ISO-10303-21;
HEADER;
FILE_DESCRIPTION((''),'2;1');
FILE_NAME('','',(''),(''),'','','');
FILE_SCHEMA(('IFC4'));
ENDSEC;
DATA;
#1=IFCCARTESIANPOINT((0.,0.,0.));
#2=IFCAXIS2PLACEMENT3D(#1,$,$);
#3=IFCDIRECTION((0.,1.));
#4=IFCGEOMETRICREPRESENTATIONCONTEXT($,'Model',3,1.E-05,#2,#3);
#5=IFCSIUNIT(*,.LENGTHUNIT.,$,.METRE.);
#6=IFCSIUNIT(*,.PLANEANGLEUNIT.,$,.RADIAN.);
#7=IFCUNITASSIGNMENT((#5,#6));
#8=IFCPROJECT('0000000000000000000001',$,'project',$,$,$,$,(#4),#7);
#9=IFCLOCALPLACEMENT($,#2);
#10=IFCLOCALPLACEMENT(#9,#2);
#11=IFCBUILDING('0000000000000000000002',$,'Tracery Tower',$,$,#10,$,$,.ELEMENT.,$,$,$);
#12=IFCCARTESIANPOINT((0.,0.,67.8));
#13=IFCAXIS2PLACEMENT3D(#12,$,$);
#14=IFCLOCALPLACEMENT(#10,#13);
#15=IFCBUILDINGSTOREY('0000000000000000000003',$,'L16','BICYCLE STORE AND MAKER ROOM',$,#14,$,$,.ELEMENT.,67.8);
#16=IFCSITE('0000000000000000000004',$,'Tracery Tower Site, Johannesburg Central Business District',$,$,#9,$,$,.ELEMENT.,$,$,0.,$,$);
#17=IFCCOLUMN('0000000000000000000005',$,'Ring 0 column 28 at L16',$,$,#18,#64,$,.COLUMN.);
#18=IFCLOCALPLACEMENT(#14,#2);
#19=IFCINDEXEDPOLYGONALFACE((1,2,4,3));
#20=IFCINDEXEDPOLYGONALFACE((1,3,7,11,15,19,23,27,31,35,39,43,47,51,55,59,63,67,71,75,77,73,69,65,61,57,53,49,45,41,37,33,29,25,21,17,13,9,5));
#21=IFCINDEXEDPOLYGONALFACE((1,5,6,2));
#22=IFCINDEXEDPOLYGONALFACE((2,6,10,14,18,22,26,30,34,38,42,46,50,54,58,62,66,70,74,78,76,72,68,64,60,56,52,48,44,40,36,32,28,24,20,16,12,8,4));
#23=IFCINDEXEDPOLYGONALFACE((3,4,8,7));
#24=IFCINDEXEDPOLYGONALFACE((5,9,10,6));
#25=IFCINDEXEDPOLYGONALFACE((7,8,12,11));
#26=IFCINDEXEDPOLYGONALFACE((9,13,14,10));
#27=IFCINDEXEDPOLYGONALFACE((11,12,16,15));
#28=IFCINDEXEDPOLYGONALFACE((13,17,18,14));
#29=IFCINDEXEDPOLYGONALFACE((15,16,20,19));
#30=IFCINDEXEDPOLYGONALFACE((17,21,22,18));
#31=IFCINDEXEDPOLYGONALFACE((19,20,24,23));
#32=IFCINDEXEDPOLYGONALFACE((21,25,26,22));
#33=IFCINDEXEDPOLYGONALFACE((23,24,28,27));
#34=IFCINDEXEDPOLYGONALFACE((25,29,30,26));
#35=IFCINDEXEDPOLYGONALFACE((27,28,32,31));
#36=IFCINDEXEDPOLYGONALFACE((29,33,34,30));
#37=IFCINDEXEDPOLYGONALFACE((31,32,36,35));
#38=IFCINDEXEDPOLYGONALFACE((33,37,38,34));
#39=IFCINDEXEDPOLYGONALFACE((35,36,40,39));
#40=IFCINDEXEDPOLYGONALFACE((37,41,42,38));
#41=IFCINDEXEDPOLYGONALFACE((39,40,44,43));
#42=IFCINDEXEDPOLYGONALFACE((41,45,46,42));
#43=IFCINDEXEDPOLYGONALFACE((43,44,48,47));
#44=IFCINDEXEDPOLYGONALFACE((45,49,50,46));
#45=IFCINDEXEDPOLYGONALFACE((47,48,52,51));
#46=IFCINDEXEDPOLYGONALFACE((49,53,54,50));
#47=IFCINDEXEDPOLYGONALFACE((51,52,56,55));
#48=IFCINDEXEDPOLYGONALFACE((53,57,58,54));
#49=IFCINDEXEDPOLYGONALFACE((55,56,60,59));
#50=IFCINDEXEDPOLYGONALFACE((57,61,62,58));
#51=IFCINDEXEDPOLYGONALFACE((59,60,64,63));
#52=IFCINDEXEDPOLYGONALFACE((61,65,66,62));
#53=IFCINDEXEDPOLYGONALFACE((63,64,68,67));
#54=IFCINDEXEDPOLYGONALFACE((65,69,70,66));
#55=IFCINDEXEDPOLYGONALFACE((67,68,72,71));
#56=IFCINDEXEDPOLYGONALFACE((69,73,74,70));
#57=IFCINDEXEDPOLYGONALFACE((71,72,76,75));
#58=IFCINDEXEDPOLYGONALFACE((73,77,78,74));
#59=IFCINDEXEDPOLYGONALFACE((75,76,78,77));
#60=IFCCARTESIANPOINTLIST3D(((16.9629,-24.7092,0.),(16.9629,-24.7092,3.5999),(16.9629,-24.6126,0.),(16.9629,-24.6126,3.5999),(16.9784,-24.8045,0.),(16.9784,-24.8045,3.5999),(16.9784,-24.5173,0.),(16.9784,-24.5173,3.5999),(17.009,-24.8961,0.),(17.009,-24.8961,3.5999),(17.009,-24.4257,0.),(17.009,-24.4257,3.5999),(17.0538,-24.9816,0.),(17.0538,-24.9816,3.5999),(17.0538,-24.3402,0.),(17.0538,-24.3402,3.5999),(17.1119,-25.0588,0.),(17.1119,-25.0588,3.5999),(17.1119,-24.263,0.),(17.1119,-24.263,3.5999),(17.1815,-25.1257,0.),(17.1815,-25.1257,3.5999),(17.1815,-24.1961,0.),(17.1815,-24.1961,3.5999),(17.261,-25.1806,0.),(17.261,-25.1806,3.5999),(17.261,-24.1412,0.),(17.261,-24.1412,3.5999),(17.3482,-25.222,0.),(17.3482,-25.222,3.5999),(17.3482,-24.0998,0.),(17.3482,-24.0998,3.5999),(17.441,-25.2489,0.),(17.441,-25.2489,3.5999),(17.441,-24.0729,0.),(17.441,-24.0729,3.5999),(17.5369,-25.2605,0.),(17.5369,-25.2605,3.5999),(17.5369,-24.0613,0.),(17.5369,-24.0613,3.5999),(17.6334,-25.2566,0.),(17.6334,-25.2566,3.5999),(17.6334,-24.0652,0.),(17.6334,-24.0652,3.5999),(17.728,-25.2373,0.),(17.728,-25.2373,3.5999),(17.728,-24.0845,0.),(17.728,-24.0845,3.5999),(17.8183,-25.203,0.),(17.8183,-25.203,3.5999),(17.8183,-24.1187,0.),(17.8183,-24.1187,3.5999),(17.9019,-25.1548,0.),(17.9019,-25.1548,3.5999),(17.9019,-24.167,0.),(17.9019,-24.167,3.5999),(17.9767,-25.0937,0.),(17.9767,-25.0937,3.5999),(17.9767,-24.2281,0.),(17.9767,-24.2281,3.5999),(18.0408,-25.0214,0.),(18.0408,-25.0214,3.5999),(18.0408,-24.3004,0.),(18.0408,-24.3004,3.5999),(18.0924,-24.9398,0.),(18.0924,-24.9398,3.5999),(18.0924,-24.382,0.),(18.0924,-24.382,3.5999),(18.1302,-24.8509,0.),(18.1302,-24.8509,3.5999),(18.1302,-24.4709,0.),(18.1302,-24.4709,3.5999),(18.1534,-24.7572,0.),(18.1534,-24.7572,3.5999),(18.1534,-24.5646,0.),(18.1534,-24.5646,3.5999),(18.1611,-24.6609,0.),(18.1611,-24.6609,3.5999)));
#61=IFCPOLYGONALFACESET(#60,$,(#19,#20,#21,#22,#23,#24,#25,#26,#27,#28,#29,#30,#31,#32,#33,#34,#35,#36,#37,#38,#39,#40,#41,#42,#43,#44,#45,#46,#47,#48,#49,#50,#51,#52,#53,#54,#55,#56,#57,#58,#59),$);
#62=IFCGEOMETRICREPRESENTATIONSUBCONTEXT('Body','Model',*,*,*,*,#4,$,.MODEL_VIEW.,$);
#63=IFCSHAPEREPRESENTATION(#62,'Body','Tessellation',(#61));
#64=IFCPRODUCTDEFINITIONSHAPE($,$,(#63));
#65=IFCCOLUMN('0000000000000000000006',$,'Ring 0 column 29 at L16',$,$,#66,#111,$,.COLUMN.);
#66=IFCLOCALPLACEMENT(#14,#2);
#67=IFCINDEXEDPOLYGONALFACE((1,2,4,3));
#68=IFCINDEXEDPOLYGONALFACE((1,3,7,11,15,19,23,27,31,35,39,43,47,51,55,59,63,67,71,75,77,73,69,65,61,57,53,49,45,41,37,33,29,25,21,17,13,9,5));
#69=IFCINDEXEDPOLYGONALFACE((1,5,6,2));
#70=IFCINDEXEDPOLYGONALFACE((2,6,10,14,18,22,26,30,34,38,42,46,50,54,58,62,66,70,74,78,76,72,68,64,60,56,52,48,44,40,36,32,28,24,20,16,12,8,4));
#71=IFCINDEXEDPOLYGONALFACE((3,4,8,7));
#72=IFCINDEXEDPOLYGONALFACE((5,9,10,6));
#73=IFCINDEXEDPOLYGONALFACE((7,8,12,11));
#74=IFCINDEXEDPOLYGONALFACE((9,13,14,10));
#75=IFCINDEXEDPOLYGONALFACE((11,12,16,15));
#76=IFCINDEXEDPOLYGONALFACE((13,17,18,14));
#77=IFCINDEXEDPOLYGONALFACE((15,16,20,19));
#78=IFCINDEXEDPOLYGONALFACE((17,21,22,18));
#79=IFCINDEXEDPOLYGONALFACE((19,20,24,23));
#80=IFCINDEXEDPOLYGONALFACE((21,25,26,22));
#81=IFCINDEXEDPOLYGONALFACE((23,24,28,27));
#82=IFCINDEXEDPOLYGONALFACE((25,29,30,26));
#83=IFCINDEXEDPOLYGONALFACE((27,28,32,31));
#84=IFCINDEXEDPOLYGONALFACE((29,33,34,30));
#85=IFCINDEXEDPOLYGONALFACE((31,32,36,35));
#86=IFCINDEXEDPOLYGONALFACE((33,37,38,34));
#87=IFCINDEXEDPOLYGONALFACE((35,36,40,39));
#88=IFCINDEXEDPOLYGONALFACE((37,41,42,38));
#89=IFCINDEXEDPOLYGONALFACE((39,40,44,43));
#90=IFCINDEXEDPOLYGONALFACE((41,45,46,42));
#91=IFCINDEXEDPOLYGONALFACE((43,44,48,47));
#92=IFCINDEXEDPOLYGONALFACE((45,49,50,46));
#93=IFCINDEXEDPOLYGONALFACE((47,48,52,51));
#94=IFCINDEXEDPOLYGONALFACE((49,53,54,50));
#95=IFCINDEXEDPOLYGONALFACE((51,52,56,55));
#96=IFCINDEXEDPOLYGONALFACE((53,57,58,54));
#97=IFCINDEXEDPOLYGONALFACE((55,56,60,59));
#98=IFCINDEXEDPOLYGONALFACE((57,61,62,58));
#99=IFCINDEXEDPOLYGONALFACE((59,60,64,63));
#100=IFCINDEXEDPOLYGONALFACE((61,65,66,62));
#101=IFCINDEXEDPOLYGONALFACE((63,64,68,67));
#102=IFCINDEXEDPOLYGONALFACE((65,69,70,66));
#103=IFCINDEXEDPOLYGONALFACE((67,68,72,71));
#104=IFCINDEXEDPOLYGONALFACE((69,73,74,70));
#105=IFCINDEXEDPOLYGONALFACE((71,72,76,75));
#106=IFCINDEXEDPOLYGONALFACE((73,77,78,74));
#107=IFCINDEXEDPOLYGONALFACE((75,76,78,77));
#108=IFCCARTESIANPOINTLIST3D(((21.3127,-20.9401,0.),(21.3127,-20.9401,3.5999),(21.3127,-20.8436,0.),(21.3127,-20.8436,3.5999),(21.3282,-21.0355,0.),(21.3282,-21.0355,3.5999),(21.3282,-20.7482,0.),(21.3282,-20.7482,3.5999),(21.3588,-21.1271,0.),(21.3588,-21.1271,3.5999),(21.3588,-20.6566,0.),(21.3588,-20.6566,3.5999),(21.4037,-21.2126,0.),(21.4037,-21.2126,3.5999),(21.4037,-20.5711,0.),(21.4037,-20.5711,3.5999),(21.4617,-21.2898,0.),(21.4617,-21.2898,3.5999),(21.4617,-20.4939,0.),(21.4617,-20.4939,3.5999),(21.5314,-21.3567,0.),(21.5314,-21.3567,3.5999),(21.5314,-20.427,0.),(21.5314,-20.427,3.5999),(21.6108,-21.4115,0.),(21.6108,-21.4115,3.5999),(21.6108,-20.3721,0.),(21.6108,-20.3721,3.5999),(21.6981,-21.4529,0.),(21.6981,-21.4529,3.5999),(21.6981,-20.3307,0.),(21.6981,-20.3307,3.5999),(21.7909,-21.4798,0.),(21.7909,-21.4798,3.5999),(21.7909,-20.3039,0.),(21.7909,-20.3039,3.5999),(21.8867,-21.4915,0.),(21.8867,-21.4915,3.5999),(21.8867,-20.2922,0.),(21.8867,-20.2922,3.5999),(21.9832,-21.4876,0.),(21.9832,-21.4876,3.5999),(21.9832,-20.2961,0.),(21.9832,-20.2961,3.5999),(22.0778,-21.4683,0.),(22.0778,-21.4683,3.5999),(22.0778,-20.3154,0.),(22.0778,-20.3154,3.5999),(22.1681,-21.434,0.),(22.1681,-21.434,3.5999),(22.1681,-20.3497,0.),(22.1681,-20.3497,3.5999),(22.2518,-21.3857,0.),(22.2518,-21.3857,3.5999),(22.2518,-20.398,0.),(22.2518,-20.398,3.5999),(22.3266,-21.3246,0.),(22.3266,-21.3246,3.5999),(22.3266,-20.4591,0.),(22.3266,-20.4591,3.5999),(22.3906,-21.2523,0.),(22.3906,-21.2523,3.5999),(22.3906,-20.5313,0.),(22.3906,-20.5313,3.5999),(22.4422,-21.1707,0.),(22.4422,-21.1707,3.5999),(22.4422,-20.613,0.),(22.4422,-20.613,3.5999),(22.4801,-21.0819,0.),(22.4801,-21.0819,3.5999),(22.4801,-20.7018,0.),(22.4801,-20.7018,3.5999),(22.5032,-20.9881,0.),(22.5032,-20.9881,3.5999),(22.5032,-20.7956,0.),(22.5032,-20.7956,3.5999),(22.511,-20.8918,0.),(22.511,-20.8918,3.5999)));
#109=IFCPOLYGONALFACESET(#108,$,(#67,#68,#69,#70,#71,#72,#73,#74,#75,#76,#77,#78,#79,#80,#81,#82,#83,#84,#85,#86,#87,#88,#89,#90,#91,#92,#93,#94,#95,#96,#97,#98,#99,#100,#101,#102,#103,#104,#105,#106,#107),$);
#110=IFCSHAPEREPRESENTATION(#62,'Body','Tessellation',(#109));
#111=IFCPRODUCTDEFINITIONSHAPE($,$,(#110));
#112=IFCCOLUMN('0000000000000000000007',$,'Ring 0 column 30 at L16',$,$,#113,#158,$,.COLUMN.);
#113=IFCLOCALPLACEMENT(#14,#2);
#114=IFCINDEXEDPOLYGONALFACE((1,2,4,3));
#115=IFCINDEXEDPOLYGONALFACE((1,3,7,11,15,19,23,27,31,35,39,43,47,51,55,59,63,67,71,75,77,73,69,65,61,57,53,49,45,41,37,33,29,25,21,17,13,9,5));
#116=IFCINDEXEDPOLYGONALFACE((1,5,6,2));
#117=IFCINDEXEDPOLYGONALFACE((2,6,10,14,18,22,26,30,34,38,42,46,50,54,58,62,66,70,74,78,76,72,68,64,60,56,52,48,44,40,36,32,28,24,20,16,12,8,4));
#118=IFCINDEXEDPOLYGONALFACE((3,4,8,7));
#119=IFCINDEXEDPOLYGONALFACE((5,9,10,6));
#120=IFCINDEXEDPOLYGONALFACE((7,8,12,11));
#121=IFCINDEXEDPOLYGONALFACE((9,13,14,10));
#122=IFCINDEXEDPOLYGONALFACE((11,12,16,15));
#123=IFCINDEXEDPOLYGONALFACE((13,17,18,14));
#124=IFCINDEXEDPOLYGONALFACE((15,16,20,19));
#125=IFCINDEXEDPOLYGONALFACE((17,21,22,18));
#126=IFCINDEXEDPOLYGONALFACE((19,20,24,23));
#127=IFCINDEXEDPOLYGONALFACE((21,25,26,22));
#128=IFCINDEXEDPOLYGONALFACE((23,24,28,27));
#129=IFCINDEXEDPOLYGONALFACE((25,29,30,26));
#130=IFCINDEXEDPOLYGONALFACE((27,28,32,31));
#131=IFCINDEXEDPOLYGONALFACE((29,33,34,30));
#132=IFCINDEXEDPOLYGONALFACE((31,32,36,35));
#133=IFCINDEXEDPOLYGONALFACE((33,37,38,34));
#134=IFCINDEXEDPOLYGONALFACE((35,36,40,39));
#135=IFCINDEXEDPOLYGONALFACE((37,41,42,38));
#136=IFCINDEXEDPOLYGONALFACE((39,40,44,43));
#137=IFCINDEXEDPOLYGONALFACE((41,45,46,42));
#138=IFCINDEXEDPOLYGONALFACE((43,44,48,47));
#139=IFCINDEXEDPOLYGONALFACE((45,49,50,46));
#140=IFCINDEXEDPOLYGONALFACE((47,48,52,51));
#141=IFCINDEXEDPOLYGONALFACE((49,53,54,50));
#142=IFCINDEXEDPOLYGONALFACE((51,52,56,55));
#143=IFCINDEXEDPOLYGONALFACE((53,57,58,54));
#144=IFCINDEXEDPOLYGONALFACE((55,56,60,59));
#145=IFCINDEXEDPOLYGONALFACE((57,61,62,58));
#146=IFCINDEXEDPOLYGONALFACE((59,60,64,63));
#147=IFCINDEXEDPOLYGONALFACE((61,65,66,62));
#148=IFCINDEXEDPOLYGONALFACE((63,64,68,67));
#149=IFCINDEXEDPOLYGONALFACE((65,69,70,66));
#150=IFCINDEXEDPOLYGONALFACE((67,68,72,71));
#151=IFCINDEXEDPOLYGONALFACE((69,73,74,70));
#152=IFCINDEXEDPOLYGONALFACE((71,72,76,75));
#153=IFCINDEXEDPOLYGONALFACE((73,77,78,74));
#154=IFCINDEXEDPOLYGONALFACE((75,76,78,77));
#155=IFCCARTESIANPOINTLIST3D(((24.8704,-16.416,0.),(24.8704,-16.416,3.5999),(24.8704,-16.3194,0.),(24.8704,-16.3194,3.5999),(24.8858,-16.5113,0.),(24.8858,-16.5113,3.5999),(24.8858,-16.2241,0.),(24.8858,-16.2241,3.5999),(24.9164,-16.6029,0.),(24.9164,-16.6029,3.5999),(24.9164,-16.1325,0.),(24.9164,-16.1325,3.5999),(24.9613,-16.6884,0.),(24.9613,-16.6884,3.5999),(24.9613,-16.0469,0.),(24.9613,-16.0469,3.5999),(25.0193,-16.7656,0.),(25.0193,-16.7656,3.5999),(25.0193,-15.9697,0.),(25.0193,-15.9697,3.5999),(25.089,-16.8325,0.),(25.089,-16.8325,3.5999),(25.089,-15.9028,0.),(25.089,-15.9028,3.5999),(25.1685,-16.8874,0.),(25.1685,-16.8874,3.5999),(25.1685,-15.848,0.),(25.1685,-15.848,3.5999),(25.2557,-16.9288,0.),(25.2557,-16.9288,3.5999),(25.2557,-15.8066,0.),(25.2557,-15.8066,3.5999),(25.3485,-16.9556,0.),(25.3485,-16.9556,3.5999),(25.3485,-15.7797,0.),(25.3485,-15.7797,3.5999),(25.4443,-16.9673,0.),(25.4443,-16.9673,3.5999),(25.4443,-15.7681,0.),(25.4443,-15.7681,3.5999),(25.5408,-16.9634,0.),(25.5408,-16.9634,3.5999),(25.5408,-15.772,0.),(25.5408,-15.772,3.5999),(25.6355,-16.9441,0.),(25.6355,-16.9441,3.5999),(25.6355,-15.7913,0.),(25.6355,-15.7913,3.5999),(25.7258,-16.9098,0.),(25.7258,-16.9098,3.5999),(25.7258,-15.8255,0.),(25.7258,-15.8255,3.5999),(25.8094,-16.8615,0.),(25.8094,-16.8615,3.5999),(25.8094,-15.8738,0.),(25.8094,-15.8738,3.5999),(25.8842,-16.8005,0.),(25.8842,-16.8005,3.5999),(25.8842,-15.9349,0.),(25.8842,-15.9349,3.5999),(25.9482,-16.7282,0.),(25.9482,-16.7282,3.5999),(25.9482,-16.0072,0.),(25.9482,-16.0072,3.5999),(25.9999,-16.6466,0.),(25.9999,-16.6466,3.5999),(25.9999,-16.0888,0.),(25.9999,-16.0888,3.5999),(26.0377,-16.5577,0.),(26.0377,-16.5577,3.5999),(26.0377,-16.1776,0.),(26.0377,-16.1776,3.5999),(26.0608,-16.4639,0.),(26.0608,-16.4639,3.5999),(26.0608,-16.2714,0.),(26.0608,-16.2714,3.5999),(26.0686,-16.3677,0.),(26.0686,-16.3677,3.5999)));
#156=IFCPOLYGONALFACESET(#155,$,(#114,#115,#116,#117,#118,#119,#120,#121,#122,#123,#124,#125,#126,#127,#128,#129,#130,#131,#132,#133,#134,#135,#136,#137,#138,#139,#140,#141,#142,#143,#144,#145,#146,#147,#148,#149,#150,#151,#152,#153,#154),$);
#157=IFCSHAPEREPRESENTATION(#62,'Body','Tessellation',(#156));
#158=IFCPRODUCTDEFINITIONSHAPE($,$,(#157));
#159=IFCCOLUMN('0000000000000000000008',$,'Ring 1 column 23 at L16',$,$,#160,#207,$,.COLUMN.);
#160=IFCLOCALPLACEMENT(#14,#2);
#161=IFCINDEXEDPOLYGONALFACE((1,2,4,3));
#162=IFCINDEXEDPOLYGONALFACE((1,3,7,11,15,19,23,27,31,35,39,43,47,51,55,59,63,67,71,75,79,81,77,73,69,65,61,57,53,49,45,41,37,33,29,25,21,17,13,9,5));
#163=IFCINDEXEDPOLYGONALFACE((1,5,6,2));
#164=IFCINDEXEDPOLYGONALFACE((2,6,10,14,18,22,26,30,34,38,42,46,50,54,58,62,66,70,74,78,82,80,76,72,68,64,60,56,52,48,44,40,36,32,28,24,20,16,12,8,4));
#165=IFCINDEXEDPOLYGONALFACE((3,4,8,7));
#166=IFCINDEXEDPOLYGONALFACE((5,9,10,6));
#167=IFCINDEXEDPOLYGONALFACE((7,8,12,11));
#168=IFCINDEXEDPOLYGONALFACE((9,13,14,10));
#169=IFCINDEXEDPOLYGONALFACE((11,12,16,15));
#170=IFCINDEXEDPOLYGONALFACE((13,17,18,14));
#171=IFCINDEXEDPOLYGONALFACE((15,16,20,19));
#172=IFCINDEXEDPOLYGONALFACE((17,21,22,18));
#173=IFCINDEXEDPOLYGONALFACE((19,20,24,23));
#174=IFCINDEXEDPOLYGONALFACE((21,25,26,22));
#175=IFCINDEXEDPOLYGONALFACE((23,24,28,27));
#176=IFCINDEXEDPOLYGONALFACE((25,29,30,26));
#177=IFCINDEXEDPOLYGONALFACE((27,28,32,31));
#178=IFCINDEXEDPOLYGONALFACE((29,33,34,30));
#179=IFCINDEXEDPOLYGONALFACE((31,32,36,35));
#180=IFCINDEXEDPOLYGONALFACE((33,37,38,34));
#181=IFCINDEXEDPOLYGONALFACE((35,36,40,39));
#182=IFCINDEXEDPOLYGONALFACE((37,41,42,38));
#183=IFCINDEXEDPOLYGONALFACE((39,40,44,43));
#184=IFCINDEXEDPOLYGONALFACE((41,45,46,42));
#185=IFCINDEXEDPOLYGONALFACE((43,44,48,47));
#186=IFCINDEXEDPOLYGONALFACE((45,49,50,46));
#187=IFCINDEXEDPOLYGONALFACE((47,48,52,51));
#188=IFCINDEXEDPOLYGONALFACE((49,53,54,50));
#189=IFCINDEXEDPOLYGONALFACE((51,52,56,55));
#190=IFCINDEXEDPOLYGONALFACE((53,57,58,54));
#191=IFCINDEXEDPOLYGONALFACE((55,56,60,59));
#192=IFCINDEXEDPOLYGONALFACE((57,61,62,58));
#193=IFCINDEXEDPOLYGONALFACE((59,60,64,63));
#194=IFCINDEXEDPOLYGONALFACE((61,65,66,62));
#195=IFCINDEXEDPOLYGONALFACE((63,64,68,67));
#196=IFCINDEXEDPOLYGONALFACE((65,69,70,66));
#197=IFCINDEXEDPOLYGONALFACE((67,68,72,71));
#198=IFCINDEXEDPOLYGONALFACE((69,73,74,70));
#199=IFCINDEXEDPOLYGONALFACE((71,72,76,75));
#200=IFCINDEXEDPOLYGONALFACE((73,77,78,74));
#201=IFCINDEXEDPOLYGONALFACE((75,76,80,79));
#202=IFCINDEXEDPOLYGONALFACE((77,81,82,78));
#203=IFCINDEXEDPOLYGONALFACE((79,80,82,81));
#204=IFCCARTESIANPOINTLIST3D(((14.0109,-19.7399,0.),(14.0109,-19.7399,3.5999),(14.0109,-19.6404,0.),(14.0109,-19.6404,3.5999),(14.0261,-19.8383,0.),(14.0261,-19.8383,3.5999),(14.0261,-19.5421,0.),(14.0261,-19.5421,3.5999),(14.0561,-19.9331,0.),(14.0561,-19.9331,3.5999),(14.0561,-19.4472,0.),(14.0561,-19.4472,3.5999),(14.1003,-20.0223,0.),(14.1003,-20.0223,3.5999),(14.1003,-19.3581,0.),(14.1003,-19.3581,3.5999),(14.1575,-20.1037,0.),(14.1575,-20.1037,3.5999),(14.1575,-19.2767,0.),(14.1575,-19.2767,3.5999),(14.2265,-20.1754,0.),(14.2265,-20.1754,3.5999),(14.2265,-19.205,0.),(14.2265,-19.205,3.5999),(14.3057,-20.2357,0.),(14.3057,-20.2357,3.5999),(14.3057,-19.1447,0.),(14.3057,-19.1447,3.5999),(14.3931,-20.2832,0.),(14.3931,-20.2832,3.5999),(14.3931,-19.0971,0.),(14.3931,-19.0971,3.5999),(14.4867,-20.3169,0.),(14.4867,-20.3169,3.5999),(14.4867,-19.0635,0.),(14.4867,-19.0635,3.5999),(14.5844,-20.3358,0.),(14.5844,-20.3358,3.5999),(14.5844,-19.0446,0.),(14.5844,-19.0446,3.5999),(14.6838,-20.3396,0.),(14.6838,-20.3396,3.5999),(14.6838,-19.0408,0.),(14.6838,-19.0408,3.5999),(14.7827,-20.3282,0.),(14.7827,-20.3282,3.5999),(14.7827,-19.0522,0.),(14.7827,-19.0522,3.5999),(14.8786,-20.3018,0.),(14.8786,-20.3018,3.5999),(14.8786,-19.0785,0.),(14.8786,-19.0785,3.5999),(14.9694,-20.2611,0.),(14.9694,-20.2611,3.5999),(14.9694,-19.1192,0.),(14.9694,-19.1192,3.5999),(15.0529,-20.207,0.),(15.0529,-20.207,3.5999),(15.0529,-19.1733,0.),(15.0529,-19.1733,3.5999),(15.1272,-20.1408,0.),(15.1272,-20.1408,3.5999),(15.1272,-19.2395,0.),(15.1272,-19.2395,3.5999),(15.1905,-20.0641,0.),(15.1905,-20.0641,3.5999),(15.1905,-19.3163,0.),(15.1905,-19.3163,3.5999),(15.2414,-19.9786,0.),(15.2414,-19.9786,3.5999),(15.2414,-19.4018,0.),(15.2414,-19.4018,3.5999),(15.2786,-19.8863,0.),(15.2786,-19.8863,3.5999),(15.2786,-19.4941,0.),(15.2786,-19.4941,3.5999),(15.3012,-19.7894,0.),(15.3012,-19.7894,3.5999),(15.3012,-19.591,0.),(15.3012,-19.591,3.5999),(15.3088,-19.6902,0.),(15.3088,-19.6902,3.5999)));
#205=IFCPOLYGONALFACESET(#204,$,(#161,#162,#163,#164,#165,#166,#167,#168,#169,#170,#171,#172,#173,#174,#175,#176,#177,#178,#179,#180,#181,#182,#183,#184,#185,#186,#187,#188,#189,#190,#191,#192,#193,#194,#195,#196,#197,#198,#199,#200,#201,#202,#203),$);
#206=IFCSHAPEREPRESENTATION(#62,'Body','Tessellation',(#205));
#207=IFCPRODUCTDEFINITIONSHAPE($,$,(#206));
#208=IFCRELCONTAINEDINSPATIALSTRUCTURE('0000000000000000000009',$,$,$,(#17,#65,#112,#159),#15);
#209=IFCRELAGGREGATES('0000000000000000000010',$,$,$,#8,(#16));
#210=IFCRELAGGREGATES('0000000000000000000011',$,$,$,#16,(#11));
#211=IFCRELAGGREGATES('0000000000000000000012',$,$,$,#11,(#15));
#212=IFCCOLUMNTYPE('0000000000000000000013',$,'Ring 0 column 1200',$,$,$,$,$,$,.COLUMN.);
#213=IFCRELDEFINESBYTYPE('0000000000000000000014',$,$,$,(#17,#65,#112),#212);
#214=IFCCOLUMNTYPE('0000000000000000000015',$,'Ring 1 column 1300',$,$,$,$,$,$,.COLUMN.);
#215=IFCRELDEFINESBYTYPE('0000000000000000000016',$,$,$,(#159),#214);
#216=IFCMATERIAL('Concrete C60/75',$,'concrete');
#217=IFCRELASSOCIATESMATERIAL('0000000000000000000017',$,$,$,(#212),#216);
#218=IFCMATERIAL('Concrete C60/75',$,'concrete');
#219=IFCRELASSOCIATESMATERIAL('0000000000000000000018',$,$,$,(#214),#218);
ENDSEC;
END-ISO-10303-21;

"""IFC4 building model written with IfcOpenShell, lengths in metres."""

from ifc_helpers import new_model, si_unit, direction, frame, origin, origin_2d, place, context, subcontext, project, spatial, circle, extrude, material, material_profile, profile_set, type_object, element, save


model = new_model("IFC4")

# Units and contexts
model_context = context("Model", 3, precision=1e-05, world=origin(), true_north=direction((0.0, 1.0)))
body_context = subcontext(model_context, "Body", "Model", "MODEL_VIEW")
ifc_project = project(units=[si_unit("LENGTHUNIT", "METRE"), si_unit("PLANEANGLEUNIT", "RADIAN")], contexts=[model_context])

# Site, building, storey
site_placement = place(None, origin())
site = spatial("IfcSite", under=ifc_project, at=site_placement, Name="Tracery Tower Site, Johannesburg Central Business District", CompositionType="ELEMENT", RefElevation=0.0)
building_placement = place(site_placement, origin())
building = spatial("IfcBuilding", under=site, at=building_placement, Name="Tracery Tower", CompositionType="ELEMENT")
storey_placement = place(building_placement, frame((0.0, 0.0, 67.8)))
storey = spatial("IfcBuildingStorey", under=building, at=storey_placement, Name="L16", Description="BICYCLE STORE AND MAKER ROOM", CompositionType="ELEMENT", Elevation=67.8)

# Columns
ifc_material_1 = material(Name="Concrete C60/75", Category="concrete")
ifc_material_profile_1 = material_profile(ifc_material_1, circle(Radius=0.6001, at=origin_2d()), Name="RC D1200")
ifc_profile_set_1 = profile_set([ifc_material_profile_1], Name="Concrete C60/75")
column_type_1 = type_object("IfcColumnType", Name="Ring 0 column 1200", PredefinedType="COLUMN", material=ifc_profile_set_1)
for number, where, z_axis, x_axis, name in (
    (1, (17.561, -24.6609, 0.0), (0.0, 0.0, 1.0), (1.0, 0.0, 0.0), "Ring 0 column 28 at L16"),
    (2, (21.9109, -20.8918, 0.0), (0.0, 0.0, 1.0), (1.0, 0.0, 0.0), "Ring 0 column 29 at L16"),
    (3, (25.4685, -16.3677, 0.0), (0.0, 0.0, 1.0), (1.0, 0.0, 0.0), "Ring 0 column 30 at L16"),
):
    element("IfcColumn", number, at=place(storey_placement, frame(where, z_axis=z_axis, x_axis=x_axis)), inside=storey, type_object=column_type_1, Name=name, PredefinedType="COLUMN", context=body_context, shape_type="SweptSolid", body=[
        extrude(circle(Radius=0.6001, at=origin_2d()), origin(), (0.0, 0.0, 1.0), 3.5999),
    ])
ifc_material_2 = material(Name="Concrete C60/75", Category="concrete")
ifc_material_profile_2 = material_profile(ifc_material_2, circle(Radius=0.6499, at=origin_2d()), Name="RC D1300")
ifc_profile_set_2 = profile_set([ifc_material_profile_2], Name="Concrete C60/75")
column_type_2 = type_object("IfcColumnType", Name="Ring 1 column 1300", PredefinedType="COLUMN", material=ifc_profile_set_2)
column_placement = place(storey_placement, frame((14.6589, -19.6902, 0.0), z_axis=(0.0, 0.0, 1.0), x_axis=(1.0, 0.0, 0.0)))
element("IfcColumn", 4, at=column_placement, inside=storey, type_object=column_type_2, Name="Ring 1 column 23 at L16", PredefinedType="COLUMN", context=body_context, shape_type="SweptSolid", body=[
    extrude(circle(Radius=0.6499, at=origin_2d()), origin(), (0.0, 0.0, 1.0), 3.5999),
])

save(model, "model.ifc")
